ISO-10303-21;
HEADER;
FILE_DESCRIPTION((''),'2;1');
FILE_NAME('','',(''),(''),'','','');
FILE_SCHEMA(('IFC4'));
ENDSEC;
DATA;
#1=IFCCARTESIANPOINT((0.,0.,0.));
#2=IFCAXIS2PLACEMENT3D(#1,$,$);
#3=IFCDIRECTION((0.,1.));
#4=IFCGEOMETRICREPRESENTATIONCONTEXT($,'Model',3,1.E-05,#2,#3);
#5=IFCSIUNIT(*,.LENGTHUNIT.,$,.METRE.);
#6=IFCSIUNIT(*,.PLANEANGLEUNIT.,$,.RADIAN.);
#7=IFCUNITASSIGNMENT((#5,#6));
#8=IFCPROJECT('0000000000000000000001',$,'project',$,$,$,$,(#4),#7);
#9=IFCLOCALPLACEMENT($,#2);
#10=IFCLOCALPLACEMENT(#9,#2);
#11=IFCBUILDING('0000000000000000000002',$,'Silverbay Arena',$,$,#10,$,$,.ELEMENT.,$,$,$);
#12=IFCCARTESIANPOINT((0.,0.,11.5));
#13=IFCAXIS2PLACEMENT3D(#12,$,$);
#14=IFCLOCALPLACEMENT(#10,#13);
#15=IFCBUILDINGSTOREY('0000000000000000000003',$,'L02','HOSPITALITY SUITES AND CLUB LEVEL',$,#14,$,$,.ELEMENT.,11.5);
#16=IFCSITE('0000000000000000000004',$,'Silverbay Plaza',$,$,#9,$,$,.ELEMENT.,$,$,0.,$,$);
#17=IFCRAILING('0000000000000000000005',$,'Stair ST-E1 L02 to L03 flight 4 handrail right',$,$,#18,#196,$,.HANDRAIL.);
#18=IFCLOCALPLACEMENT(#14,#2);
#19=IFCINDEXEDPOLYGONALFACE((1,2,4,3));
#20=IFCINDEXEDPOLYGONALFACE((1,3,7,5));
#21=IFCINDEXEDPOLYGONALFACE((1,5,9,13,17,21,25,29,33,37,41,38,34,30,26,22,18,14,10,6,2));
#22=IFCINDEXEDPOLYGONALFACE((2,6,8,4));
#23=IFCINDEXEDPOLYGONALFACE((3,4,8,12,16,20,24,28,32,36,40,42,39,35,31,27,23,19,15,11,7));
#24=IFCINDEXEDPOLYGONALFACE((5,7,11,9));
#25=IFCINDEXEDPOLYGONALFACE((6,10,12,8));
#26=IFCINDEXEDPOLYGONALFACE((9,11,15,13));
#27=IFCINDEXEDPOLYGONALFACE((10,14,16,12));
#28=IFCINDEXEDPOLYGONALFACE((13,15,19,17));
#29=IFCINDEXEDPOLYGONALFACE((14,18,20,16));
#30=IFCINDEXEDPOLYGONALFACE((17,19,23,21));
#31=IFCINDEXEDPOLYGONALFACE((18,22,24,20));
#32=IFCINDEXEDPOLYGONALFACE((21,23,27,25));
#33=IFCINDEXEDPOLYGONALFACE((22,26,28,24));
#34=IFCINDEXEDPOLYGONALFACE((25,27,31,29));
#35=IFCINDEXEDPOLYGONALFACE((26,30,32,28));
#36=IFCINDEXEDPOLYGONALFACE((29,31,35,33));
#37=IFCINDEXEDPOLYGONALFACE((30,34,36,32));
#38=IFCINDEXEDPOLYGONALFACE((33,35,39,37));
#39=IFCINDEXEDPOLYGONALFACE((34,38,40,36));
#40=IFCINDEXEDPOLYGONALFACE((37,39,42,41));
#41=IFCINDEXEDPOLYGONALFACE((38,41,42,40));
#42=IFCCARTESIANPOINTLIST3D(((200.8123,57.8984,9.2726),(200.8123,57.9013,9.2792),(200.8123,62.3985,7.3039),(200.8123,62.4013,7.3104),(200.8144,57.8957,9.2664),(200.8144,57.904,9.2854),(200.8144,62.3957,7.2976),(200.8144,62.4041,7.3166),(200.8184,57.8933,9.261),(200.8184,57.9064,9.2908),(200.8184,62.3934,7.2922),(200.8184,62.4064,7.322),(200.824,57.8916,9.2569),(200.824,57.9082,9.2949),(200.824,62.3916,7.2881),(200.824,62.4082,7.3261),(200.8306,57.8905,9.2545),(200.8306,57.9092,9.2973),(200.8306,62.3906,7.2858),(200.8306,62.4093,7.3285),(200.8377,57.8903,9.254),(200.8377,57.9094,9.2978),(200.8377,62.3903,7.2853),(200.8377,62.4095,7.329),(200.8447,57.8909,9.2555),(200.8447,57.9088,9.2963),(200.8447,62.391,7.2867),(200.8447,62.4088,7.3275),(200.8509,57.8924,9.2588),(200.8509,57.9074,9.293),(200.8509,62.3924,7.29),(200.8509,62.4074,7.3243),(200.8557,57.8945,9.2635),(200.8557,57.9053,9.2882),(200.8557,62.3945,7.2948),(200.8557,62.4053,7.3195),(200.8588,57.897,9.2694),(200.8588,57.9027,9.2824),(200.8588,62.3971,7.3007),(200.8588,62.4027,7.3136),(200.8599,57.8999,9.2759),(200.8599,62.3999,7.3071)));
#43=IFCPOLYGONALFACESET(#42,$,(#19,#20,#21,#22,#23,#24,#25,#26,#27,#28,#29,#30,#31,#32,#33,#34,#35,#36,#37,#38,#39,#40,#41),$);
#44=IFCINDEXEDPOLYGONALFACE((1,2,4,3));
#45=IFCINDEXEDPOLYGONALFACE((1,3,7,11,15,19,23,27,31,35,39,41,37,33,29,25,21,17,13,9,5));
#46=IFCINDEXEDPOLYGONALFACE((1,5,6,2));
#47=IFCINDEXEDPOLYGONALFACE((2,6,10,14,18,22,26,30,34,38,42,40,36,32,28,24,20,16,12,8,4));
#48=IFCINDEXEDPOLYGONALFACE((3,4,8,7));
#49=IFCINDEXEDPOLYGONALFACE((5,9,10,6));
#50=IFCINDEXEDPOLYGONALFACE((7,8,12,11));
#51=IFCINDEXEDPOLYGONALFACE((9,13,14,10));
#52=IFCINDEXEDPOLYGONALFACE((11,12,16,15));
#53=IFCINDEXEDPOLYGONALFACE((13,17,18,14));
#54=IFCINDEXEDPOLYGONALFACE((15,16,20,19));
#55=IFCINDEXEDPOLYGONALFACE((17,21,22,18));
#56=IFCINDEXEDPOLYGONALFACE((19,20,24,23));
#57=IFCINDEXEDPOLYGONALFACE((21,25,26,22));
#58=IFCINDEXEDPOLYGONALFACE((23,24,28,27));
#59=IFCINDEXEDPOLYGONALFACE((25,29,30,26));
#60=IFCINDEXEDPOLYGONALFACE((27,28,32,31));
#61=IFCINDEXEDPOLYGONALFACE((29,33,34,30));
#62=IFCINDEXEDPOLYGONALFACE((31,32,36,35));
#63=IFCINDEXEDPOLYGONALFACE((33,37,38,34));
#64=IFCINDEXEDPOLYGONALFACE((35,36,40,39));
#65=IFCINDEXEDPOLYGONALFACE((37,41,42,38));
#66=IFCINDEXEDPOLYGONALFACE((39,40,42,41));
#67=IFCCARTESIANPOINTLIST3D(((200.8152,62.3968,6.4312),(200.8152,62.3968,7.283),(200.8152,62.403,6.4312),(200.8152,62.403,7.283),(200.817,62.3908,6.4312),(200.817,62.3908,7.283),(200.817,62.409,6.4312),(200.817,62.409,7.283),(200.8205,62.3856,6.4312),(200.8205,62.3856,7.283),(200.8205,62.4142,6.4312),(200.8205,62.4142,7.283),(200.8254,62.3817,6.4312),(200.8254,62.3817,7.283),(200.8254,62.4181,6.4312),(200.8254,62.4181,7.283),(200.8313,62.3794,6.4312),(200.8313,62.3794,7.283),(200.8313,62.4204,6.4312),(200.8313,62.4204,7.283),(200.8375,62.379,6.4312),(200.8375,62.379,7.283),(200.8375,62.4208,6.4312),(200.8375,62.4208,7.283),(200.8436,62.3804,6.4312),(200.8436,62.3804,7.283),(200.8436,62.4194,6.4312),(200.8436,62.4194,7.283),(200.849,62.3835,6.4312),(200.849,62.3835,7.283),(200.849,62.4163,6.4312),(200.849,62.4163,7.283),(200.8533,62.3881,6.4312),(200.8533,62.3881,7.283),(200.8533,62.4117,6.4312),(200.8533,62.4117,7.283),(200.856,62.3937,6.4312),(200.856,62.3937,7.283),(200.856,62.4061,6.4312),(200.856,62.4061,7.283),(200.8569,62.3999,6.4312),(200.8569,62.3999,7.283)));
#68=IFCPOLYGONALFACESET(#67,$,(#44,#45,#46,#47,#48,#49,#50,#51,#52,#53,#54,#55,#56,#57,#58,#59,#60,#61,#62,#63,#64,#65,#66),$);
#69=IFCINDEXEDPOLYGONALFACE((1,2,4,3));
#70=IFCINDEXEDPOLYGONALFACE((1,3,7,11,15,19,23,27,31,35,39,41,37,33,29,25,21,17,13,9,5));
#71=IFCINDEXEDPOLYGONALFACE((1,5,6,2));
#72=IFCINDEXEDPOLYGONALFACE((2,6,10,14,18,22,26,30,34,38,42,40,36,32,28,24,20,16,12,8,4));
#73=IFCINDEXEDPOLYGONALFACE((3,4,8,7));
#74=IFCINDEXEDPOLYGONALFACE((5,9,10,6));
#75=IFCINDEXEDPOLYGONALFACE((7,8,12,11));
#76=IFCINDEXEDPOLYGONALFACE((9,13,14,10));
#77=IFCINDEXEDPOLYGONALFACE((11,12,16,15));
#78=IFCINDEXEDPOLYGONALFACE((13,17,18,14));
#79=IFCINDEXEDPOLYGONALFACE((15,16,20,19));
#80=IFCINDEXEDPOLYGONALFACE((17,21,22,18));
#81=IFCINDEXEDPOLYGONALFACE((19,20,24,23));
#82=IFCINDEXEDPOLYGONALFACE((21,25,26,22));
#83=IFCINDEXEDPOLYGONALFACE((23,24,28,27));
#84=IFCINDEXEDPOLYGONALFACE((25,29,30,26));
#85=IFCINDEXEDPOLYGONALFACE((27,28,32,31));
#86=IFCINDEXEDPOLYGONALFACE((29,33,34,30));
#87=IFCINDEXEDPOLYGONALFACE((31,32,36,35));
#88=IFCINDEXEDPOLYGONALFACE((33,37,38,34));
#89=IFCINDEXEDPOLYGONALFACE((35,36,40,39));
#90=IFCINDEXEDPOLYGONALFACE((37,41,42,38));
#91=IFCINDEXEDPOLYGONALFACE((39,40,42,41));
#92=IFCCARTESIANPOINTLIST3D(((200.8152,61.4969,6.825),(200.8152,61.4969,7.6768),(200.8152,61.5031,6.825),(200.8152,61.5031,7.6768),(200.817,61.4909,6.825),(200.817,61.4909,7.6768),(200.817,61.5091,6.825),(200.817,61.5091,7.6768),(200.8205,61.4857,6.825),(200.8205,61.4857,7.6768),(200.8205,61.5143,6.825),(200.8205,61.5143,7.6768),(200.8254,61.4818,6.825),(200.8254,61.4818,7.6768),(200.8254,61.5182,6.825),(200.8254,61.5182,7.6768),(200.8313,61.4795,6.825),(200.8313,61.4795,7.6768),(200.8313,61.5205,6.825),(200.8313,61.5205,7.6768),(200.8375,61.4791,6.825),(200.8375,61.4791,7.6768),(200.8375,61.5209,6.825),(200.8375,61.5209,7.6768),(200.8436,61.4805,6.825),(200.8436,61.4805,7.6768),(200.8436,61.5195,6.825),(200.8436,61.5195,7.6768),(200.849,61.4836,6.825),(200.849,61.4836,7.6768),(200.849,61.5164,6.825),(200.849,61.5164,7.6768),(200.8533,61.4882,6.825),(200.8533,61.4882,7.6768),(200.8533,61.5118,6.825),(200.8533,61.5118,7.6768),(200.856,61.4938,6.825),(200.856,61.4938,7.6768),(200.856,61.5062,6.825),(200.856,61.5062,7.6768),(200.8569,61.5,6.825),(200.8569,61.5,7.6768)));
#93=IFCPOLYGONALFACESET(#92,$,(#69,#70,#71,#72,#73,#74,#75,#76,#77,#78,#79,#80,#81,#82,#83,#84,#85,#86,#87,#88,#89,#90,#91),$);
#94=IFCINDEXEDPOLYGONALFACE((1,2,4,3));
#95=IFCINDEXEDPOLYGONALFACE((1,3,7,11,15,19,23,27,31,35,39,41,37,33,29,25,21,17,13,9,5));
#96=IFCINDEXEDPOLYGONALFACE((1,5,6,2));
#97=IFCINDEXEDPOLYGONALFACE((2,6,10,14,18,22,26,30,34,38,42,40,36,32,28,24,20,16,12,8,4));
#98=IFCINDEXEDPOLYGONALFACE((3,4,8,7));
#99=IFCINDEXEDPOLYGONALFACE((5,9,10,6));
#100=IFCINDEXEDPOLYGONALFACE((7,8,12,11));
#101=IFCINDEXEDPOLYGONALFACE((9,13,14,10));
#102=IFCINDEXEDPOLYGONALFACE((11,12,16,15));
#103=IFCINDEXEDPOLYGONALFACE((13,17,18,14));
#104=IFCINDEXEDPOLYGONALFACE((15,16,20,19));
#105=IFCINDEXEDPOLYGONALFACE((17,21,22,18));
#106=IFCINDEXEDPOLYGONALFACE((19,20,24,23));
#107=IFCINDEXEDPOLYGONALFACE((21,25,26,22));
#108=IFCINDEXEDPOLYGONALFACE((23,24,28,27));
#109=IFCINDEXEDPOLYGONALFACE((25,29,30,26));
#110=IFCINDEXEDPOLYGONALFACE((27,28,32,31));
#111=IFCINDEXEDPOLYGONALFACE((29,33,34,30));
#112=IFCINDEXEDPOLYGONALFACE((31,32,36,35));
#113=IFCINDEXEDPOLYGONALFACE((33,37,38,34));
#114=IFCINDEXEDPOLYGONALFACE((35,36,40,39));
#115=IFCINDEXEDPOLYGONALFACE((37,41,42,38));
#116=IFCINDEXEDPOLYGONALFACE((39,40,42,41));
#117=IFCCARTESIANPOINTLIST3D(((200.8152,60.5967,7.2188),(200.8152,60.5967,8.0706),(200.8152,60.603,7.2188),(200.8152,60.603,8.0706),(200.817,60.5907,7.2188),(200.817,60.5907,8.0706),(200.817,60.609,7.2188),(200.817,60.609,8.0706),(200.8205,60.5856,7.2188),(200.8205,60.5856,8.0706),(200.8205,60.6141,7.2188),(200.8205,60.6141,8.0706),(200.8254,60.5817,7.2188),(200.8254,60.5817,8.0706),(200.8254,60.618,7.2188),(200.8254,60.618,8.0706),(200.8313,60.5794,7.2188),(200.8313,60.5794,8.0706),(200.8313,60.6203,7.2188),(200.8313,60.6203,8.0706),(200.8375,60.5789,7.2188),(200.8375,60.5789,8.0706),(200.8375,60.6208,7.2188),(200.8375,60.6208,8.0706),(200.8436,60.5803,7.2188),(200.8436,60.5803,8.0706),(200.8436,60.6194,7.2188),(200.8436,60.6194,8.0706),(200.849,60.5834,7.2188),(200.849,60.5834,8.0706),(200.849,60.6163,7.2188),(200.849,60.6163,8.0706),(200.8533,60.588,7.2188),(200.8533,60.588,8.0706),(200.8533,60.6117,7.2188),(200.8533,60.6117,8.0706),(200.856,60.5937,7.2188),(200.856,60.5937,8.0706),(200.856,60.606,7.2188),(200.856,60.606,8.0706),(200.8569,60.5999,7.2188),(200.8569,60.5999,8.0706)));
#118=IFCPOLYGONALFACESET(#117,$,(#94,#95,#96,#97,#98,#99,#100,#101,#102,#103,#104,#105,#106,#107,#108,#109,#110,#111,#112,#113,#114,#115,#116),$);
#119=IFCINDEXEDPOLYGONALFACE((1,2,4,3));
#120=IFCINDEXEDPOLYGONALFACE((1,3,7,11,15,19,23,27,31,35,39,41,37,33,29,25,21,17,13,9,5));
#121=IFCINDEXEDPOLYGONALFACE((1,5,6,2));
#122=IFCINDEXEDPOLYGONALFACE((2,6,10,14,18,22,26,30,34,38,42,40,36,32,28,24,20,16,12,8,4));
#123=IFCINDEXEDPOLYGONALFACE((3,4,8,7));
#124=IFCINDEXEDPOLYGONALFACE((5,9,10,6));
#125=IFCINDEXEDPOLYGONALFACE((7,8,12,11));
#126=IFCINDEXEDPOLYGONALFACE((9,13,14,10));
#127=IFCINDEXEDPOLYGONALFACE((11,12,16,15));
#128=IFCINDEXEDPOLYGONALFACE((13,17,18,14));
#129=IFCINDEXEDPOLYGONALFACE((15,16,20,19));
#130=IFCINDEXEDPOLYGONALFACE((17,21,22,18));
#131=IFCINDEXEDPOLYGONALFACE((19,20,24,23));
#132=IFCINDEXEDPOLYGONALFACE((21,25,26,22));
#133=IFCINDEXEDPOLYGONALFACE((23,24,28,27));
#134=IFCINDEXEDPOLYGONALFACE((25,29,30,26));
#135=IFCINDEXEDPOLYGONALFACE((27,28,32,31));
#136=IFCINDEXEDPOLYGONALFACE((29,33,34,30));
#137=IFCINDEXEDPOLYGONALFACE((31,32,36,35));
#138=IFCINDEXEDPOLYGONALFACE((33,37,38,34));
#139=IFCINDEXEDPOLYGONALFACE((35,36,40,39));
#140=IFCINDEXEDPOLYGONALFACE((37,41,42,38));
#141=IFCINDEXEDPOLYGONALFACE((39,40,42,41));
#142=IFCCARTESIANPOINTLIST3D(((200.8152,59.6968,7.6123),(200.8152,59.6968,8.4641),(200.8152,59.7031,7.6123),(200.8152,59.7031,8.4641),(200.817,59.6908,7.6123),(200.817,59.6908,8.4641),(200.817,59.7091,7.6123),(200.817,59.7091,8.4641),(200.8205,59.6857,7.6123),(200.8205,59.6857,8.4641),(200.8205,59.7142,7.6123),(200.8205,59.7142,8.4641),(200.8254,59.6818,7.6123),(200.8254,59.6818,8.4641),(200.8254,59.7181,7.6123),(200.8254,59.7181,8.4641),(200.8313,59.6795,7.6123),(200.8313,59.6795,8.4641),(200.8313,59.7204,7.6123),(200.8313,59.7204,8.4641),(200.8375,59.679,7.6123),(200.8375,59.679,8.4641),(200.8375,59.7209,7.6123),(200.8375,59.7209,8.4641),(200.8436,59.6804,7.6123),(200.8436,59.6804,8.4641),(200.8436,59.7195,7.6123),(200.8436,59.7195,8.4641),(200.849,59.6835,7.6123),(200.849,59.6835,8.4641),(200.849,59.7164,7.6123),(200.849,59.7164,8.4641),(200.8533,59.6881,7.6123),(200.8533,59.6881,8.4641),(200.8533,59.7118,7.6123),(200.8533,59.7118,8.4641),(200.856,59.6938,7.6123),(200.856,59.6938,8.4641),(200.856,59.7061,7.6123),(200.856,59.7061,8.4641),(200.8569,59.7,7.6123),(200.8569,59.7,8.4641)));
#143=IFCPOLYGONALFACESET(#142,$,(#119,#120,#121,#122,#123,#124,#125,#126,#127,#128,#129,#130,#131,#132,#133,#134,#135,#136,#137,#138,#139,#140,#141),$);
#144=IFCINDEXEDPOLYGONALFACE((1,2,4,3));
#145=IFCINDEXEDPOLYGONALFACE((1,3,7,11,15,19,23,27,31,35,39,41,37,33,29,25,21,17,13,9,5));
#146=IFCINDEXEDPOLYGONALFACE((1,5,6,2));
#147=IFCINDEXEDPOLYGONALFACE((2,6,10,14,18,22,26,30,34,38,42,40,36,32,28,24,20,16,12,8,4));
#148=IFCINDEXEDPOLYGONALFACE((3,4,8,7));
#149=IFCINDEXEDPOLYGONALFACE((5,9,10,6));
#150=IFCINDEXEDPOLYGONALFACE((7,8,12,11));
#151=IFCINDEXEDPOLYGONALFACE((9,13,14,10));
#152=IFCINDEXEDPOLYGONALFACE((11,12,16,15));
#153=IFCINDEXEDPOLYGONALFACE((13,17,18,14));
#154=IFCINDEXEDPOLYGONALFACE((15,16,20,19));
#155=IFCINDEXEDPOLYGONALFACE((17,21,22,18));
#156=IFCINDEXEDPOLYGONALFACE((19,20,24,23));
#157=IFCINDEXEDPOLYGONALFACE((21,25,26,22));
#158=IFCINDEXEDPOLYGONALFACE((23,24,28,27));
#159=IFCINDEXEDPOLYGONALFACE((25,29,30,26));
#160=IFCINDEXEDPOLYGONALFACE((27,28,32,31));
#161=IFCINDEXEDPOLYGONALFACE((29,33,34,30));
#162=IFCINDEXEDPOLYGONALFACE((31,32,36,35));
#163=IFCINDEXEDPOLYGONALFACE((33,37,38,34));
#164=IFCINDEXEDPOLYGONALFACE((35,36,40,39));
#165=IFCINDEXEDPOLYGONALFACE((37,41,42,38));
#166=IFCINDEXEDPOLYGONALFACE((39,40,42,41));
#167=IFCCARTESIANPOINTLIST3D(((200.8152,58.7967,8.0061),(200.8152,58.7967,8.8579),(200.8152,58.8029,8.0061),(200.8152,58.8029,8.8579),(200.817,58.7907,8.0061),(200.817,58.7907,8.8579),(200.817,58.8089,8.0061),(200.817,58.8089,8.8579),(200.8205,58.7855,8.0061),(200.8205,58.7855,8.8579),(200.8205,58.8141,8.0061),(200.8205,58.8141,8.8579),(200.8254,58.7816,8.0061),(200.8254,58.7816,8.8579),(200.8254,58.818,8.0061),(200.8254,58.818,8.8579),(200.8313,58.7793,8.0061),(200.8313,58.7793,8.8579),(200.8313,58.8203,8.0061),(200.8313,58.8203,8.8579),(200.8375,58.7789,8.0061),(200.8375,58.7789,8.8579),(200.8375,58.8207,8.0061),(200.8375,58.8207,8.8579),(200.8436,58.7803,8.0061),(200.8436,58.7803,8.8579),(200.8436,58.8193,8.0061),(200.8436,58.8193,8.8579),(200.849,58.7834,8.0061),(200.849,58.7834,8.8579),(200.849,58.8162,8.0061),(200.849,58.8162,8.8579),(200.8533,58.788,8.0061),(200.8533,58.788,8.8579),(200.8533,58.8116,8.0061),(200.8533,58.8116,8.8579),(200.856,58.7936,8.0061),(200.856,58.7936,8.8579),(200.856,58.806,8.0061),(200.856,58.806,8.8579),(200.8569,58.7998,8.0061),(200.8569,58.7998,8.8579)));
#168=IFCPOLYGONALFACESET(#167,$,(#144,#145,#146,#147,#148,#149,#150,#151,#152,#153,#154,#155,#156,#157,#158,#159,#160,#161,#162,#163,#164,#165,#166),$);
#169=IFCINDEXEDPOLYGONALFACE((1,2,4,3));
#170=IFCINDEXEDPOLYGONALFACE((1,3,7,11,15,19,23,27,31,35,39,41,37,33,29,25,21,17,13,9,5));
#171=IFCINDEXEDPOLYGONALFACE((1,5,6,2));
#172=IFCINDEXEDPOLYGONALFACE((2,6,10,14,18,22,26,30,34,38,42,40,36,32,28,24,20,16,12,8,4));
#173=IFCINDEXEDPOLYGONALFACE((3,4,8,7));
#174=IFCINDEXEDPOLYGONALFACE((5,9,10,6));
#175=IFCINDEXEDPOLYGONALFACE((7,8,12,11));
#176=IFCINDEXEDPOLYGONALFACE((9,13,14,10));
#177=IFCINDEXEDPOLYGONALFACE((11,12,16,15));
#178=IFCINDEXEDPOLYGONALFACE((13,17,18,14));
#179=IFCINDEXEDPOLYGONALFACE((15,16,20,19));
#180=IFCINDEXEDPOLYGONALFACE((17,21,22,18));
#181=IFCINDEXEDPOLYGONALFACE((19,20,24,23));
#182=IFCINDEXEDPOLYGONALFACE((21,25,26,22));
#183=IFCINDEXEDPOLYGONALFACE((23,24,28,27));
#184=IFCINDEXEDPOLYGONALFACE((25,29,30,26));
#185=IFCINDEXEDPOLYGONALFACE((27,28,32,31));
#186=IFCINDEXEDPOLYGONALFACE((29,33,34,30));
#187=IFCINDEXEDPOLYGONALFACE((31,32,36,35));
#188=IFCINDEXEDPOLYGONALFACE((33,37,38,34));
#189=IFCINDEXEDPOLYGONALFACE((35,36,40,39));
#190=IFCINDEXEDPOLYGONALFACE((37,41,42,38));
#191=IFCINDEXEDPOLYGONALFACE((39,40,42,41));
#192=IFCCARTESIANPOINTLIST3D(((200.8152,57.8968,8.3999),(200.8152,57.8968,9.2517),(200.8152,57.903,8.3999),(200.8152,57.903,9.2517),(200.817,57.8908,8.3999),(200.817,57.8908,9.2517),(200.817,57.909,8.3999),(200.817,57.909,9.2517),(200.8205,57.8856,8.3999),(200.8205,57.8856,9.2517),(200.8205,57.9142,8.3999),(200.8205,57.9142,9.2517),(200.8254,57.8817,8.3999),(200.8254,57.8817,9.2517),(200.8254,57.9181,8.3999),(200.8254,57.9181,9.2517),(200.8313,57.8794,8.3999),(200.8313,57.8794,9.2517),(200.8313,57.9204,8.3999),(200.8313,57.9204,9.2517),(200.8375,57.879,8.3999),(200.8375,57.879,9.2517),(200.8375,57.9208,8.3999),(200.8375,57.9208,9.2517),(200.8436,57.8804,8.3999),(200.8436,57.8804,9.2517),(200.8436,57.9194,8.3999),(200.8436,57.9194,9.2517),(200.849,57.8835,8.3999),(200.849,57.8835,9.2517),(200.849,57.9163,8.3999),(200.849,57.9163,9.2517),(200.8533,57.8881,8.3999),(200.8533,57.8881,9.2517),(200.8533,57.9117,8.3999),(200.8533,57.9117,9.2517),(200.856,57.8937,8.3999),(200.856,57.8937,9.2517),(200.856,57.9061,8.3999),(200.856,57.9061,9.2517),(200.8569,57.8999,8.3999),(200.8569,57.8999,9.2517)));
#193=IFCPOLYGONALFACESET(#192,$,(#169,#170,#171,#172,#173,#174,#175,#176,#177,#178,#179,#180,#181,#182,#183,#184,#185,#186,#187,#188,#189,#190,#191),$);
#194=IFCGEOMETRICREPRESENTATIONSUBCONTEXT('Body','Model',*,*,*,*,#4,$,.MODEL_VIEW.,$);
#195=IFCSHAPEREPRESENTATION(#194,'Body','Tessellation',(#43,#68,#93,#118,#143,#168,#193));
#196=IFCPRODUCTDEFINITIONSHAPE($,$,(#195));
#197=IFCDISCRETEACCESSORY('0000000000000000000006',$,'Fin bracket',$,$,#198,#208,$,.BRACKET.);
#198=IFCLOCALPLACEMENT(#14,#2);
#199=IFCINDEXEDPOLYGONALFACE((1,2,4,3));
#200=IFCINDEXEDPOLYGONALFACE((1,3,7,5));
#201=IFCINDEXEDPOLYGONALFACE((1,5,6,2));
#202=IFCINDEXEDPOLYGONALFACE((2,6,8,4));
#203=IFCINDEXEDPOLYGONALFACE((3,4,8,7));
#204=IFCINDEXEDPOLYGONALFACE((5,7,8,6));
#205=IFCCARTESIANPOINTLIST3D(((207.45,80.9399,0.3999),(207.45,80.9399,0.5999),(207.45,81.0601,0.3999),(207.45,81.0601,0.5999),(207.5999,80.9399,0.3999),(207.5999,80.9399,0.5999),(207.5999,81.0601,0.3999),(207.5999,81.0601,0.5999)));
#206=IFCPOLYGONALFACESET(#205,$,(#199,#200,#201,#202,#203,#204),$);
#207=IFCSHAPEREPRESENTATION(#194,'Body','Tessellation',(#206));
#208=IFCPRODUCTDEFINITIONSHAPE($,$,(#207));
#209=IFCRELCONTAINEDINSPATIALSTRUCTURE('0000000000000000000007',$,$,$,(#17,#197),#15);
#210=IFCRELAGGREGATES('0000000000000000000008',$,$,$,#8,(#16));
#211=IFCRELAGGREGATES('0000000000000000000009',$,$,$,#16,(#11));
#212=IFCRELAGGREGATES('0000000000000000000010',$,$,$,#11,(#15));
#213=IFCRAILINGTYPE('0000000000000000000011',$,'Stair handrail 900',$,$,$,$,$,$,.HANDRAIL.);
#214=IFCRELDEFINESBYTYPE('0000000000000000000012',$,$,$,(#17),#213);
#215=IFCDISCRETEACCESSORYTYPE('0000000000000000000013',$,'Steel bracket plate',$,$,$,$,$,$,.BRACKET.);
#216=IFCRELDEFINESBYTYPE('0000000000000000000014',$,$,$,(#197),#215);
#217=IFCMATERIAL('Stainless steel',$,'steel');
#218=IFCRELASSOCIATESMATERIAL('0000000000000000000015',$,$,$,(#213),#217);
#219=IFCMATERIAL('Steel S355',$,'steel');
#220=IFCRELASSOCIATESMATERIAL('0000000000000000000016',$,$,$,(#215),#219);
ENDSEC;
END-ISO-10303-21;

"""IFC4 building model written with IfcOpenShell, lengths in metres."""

from ifc_helpers import new_model, si_unit, direction, frame, origin, origin_2d, place, context, subcontext, project, spatial, rectangle, circle, extrude, material, type_object, element, save


model = new_model("IFC4")

# Units and contexts
model_context = context("Model", 3, precision=1e-05, world=origin(), true_north=direction((0.0, 1.0)))
body_context = subcontext(model_context, "Body", "Model", "MODEL_VIEW")
ifc_project = project(units=[si_unit("LENGTHUNIT", "METRE"), si_unit("PLANEANGLEUNIT", "RADIAN")], contexts=[model_context])

# Site, building, storey
site_placement = place(None, origin())
site = spatial("IfcSite", under=ifc_project, at=site_placement, Name="Silverbay Plaza", CompositionType="ELEMENT", RefElevation=0.0)
building_placement = place(site_placement, origin())
building = spatial("IfcBuilding", under=site, at=building_placement, Name="Silverbay Arena", CompositionType="ELEMENT")
storey_placement = place(building_placement, frame((0.0, 0.0, 11.5)))
storey = spatial("IfcBuildingStorey", under=building, at=storey_placement, Name="L02", Description="HOSPITALITY SUITES AND CLUB LEVEL", CompositionType="ELEMENT", Elevation=11.5)

# Railing
ifc_material_1 = material(Name="Stainless steel", Category="steel")
railing_type_1 = type_object("IfcRailingType", Name="Stair handrail 900", PredefinedType="HANDRAIL", material=ifc_material_1)
for number, where, name in (
    (1, (200.8359, 62.3999, 6.4312), "Stair ST-E1 L02 to L03 flight 4 handrail right"),
):
    element("IfcRailing", number, at=place(storey_placement, frame(where)), inside=storey, type_object=railing_type_1, Name=name, PredefinedType="HANDRAIL", context=body_context, shape_type="SweptSolid", body=[
        extrude(circle(Radius=0.0239, at=origin_2d()), frame((0.0, 0.0, 0.876), z_axis=(0.0, -0.916157, 0.400819), x_axis=(1.0, 0.0, 0.0)), (0.0, 0.0, 1.0), 4.9119),
        extrude(circle(Radius=0.021, at=origin_2d()), origin(), (0.0, 0.0, 1.0), 0.8518),
        extrude(circle(Radius=0.021, at=origin_2d()), frame((0.0, -0.8999, 0.3938)), (0.0, 0.0, 1.0), 0.8518),
        extrude(circle(Radius=0.021, at=origin_2d()), frame((0.0, -1.8, 0.7876)), (0.0, 0.0, 1.0), 0.8518),
        extrude(circle(Radius=0.021, at=origin_2d()), frame((0.0, -2.7, 1.1812)), (0.0, 0.0, 1.0), 0.8518),
        extrude(circle(Radius=0.021, at=origin_2d()), frame((0.0, -3.6001, 1.575)), (0.0, 0.0, 1.0), 0.8518),
        extrude(circle(Radius=0.021, at=origin_2d()), frame((0.0, -4.5, 1.9688)), (0.0, 0.0, 1.0), 0.8518),
    ])

# Discrete accessory
ifc_material_2 = material(Name="Steel S355", Category="steel")
discrete_accessory_type = type_object("IfcDiscreteAccessoryType", Name="Steel bracket plate", PredefinedType="BRACKET", material=ifc_material_2)
discrete_accessory_placement = place(storey_placement, frame((207.5249, 81.0, 0.3999), z_axis=(0.0, 0.0, 1.0), x_axis=(1.0, 0.0, 0.0)))
element("IfcDiscreteAccessory", 2, at=discrete_accessory_placement, inside=storey, type_object=discrete_accessory_type, Name="Fin bracket", PredefinedType="BRACKET", context=body_context, shape_type="SweptSolid", body=[
    extrude(rectangle(XDim=0.1499, YDim=0.1201, at=origin_2d()), origin(), (0.0, 0.0, 1.0), 0.2),
])

save(model, "model.ifc")
